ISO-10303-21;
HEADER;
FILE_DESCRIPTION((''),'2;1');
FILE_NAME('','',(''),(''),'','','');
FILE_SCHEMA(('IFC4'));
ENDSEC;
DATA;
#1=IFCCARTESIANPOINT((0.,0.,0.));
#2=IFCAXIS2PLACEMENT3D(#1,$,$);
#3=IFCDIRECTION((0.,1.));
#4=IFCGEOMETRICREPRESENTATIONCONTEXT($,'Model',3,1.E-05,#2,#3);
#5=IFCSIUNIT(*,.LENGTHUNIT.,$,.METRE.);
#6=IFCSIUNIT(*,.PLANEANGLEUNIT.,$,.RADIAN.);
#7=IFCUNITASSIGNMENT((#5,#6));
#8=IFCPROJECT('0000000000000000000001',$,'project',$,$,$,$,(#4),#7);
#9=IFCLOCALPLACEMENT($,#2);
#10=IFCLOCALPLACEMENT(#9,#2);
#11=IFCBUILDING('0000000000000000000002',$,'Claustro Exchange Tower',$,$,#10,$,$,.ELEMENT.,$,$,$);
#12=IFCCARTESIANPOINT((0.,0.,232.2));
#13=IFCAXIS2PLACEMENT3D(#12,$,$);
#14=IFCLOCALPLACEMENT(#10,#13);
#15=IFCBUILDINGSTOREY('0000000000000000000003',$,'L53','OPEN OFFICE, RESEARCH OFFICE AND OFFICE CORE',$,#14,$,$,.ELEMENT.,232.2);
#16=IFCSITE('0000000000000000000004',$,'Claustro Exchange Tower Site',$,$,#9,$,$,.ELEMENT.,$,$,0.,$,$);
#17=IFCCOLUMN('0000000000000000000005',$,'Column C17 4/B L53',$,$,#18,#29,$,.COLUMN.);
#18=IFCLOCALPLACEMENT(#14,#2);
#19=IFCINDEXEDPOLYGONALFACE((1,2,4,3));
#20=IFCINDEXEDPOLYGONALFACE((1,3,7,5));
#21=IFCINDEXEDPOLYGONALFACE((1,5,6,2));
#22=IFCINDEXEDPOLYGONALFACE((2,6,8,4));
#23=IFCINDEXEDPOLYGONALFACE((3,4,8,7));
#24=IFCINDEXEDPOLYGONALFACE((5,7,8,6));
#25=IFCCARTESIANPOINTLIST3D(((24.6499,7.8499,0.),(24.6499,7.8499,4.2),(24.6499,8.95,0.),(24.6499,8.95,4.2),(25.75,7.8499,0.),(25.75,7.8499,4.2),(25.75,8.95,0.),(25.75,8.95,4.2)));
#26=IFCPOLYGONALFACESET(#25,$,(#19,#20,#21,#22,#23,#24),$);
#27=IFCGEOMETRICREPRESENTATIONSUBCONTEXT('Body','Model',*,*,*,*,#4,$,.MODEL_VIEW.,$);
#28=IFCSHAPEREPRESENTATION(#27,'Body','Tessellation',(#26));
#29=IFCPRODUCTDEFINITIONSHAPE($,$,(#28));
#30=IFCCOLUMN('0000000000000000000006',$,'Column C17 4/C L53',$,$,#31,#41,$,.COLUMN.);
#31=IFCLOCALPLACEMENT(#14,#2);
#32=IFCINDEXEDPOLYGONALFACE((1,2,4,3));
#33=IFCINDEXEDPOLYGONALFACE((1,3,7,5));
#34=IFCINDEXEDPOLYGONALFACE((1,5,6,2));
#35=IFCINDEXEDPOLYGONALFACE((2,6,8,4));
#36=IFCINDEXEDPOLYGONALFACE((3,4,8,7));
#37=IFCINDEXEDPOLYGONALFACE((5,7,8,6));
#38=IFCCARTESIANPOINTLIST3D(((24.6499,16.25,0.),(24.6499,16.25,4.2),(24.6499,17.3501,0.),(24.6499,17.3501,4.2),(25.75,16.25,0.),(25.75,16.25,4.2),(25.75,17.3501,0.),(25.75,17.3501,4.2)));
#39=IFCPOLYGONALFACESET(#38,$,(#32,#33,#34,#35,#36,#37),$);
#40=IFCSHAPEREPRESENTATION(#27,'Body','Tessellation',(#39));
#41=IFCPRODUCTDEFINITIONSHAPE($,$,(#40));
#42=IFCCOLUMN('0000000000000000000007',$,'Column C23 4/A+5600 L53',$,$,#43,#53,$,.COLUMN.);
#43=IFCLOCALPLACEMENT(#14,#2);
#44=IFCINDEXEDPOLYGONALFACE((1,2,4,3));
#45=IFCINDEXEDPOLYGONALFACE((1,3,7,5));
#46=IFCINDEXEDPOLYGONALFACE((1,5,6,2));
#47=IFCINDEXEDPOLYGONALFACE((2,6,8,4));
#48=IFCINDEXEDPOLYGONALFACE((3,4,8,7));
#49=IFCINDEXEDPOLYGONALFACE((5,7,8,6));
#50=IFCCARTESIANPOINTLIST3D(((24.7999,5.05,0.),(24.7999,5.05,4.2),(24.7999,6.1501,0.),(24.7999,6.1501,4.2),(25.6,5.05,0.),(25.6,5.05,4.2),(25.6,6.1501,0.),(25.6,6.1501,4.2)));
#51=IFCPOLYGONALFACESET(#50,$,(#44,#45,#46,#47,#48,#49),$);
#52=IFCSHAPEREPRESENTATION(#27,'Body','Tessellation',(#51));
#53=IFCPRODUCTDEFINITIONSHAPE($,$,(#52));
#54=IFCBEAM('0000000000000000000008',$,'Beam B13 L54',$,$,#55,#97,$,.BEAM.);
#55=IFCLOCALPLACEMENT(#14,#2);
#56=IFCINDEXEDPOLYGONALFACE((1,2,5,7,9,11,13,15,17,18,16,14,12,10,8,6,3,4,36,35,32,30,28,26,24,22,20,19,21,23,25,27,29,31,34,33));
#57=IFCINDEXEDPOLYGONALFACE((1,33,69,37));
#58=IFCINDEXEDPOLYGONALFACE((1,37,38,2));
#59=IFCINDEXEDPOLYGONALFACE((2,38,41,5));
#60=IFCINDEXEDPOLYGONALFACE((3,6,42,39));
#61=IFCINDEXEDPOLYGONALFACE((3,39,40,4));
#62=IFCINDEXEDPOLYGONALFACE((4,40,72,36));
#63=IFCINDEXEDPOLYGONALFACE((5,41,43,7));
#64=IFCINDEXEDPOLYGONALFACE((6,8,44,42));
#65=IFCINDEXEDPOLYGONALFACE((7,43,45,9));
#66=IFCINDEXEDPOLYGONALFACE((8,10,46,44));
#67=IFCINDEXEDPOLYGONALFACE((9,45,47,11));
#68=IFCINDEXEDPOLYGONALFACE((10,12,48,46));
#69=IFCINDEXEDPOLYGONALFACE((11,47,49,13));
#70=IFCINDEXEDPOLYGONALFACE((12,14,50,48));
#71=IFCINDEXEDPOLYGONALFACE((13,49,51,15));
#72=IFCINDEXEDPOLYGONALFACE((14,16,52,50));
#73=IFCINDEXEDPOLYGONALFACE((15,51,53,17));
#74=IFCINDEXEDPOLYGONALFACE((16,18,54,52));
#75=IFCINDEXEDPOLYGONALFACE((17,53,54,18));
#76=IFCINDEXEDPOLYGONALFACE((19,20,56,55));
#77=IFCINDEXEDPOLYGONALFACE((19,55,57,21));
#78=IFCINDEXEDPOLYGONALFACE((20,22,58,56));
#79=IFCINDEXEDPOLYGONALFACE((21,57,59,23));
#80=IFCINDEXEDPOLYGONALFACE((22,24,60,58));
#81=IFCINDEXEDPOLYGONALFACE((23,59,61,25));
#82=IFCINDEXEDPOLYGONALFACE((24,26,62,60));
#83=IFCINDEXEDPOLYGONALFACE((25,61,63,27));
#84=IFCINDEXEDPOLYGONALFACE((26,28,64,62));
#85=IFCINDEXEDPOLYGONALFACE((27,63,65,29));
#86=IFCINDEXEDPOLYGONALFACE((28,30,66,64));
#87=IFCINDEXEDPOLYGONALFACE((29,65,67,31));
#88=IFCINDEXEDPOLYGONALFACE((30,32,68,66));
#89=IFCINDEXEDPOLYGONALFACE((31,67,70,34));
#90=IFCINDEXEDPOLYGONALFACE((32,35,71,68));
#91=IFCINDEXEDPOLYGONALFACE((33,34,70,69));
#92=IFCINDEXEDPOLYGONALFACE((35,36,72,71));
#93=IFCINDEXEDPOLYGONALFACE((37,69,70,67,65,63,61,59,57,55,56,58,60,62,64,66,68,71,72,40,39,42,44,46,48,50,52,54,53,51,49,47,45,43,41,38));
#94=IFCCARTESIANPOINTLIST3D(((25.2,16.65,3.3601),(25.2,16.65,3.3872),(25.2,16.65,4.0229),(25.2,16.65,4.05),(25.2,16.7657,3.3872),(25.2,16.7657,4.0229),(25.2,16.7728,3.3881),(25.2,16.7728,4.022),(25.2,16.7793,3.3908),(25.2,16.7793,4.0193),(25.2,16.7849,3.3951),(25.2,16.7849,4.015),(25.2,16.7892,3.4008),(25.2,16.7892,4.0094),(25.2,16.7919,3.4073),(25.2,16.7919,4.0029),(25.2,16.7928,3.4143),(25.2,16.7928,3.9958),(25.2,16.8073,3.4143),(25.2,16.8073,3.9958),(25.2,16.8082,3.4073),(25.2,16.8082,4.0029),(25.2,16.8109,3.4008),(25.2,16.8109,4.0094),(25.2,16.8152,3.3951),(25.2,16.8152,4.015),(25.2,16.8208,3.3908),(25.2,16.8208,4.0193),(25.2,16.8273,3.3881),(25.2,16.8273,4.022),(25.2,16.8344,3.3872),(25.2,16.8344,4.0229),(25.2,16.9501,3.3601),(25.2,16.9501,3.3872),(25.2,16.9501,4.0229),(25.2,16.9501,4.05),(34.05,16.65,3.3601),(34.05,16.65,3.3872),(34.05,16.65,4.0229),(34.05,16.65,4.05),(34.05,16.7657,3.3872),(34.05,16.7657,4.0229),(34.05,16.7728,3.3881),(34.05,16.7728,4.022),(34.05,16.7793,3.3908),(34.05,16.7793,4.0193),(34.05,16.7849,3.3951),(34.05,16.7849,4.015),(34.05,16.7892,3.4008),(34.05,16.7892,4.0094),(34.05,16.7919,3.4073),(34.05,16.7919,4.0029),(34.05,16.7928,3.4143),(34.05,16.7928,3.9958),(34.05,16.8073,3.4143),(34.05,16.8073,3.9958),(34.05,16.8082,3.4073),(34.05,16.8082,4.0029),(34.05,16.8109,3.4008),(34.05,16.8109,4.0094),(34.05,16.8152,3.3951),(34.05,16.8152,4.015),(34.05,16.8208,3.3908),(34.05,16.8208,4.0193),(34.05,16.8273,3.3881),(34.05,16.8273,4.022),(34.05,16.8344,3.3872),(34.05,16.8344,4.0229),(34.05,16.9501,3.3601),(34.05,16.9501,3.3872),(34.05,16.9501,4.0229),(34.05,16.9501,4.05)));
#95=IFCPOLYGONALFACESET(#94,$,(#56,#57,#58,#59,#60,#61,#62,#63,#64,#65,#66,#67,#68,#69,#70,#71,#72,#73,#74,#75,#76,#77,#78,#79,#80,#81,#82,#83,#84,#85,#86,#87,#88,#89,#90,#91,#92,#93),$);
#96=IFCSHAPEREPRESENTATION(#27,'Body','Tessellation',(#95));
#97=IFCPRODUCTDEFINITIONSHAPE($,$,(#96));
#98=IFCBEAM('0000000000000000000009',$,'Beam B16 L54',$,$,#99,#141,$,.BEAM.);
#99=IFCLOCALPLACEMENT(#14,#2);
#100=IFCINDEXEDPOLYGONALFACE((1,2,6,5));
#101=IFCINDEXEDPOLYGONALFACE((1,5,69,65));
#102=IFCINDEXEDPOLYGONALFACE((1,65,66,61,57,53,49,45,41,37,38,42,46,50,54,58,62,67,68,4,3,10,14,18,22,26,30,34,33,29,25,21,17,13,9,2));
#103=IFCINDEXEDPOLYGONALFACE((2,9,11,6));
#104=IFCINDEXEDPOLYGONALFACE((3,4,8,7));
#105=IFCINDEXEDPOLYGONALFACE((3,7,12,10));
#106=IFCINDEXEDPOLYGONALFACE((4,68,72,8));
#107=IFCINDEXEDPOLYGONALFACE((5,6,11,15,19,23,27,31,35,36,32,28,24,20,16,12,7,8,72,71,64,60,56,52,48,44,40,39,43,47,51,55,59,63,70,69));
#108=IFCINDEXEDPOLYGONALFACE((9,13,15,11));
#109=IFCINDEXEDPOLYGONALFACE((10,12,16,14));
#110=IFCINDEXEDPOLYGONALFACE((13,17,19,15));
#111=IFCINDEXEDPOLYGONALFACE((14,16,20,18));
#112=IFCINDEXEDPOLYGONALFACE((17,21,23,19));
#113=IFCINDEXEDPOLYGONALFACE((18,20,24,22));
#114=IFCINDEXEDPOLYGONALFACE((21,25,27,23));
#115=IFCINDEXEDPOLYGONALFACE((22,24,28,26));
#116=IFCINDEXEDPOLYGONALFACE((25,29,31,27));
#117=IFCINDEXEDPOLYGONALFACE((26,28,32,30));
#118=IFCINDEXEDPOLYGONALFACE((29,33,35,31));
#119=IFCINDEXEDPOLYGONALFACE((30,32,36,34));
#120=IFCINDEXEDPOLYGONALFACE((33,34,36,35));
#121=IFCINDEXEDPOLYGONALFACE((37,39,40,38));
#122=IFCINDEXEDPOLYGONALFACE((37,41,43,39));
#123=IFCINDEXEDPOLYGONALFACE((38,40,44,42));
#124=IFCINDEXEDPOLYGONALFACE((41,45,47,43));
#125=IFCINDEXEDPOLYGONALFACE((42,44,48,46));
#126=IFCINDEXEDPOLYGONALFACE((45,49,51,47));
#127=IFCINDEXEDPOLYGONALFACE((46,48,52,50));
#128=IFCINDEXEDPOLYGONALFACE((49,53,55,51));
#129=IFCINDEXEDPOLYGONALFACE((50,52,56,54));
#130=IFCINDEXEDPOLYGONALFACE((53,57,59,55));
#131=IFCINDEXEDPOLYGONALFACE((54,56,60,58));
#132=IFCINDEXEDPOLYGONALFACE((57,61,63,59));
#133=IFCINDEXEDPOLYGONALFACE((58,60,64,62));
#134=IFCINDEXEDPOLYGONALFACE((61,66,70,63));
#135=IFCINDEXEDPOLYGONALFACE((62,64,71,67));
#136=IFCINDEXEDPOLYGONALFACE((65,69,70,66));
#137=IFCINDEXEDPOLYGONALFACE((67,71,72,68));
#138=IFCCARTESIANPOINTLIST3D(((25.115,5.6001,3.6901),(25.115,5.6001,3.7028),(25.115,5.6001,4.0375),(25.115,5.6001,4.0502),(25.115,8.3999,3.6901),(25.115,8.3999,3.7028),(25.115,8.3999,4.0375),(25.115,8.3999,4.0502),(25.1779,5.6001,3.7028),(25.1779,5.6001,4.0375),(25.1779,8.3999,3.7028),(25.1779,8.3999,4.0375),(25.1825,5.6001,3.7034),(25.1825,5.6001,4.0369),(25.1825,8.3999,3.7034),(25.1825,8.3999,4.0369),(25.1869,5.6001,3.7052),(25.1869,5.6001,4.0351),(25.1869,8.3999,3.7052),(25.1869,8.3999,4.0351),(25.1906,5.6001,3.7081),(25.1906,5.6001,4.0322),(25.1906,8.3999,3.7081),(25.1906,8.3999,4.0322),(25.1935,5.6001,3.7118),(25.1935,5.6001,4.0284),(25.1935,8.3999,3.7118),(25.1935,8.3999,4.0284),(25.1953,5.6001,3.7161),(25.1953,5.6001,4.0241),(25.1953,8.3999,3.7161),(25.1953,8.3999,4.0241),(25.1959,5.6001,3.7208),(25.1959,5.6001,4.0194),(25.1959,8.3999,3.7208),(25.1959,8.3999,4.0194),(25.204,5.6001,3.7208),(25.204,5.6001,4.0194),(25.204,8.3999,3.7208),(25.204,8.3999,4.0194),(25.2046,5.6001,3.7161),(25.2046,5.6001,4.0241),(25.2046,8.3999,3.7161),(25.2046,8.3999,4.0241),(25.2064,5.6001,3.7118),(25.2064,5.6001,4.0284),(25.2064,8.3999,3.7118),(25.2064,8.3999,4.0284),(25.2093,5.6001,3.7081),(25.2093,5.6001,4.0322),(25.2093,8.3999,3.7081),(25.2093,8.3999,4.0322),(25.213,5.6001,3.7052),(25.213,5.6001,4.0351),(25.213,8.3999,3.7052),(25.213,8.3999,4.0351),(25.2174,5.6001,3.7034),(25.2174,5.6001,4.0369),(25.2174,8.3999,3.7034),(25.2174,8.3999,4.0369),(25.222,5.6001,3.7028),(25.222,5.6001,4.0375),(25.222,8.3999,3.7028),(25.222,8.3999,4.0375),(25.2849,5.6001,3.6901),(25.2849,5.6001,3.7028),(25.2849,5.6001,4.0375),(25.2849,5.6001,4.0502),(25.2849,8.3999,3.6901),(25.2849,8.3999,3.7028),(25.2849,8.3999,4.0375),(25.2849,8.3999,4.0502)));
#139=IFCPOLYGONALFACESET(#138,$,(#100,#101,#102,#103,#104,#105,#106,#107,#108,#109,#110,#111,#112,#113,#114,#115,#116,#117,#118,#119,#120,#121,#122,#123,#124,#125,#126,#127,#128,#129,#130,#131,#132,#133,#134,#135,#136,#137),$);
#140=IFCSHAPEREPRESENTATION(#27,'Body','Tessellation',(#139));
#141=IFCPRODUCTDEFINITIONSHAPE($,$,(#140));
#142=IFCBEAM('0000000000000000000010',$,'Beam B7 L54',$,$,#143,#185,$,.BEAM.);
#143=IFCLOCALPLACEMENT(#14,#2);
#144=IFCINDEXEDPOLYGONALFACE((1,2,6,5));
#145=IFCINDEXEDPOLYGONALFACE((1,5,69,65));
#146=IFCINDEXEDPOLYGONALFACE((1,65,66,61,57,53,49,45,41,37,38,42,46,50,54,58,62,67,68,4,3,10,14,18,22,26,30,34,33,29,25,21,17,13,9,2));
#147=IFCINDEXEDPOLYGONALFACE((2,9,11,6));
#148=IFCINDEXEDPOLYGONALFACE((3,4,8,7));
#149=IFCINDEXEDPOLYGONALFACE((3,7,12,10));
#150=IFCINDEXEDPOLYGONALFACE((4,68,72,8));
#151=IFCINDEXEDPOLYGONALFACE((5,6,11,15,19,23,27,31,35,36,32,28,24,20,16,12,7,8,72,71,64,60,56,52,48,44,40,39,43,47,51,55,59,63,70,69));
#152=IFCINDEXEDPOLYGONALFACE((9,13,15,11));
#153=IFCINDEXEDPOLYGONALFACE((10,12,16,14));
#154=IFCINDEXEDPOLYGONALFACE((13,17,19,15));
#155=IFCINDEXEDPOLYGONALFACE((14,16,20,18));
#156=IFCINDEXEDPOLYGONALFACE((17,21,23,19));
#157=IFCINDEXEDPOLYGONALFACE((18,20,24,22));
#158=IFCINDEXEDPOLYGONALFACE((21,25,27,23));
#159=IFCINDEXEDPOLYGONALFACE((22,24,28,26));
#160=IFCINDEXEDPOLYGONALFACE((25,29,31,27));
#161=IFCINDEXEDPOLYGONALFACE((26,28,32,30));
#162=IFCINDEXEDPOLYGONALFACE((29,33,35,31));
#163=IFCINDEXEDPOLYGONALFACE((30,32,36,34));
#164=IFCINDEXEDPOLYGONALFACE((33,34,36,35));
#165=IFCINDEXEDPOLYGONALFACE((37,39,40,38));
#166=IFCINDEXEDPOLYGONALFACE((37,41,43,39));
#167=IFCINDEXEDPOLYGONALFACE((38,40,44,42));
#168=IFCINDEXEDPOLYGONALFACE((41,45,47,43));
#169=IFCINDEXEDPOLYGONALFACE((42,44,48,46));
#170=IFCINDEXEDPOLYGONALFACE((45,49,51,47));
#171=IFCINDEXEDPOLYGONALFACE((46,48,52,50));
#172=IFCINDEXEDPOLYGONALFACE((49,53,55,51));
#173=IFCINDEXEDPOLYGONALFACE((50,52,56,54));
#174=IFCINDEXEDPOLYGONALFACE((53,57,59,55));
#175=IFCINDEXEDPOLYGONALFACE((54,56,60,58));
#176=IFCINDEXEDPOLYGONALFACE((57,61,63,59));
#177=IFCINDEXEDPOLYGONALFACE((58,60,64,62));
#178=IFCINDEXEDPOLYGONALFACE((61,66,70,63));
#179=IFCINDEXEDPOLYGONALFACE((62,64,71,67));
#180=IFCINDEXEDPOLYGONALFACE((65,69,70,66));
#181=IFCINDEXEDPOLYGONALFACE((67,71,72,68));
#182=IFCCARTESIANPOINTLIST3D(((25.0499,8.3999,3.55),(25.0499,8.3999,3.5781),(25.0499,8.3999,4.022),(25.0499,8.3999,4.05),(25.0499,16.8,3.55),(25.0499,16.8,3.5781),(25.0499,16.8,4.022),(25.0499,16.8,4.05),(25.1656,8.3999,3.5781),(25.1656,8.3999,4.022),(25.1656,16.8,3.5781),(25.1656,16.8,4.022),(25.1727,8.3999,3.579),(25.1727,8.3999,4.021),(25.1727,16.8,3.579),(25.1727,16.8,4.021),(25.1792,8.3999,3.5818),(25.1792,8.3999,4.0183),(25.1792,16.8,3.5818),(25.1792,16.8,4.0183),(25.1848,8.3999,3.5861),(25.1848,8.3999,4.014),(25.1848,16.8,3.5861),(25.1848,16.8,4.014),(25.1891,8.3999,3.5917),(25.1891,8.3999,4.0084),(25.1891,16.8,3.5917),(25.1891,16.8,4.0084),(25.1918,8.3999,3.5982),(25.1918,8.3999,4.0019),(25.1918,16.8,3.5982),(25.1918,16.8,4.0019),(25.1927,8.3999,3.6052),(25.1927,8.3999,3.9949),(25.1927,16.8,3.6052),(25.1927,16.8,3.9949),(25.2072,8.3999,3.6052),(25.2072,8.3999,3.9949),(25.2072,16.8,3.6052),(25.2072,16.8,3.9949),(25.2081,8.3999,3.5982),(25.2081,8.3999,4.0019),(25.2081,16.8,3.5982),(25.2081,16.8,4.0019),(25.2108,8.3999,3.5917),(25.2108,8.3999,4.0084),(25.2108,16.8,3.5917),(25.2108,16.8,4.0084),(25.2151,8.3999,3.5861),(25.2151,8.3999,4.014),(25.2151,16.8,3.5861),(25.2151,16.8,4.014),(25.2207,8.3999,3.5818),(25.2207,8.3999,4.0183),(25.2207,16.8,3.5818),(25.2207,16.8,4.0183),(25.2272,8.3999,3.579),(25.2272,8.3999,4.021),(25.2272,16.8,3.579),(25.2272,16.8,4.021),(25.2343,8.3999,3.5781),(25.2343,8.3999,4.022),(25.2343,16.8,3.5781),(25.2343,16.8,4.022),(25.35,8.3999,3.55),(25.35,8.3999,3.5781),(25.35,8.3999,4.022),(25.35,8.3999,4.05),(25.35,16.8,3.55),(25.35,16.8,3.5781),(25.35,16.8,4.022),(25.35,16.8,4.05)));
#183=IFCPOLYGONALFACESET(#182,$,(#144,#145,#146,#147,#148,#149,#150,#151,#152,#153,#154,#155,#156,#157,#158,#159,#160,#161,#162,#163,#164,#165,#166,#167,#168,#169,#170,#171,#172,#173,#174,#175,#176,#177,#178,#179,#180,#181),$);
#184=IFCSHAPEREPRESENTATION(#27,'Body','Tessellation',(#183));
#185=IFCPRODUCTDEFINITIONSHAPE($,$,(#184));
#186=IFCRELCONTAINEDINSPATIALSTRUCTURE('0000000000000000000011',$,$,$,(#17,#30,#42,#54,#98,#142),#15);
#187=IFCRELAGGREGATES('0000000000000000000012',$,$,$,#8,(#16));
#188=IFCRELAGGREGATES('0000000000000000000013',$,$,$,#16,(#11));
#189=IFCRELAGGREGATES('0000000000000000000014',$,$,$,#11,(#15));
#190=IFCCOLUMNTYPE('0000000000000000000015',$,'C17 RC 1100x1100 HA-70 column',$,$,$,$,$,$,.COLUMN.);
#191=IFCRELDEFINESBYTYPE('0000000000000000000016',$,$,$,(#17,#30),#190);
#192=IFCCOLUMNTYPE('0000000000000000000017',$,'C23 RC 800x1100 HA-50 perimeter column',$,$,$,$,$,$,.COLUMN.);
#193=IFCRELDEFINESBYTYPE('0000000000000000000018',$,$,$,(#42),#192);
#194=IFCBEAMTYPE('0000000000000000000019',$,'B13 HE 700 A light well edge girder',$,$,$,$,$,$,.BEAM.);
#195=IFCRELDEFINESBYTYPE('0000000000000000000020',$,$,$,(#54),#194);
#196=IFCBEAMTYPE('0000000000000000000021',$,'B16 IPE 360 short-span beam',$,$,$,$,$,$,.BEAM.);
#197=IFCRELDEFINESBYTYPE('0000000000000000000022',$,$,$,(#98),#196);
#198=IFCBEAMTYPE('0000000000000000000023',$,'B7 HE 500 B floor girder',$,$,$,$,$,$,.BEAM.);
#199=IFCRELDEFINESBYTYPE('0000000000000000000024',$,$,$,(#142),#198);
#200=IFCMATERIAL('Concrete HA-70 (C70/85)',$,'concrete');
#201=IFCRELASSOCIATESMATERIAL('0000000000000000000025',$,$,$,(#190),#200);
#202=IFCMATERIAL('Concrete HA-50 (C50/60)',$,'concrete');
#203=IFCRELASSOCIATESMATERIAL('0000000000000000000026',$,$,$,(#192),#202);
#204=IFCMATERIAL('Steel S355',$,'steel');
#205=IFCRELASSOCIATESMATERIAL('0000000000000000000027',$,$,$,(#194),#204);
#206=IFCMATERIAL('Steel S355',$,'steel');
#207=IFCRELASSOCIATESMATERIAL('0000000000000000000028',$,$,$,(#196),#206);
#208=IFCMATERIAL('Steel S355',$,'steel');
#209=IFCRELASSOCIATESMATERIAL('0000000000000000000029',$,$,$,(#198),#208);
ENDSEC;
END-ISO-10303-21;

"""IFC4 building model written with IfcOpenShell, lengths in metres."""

from ifc_helpers import new_model, si_unit, direction, frame, origin, origin_2d, place, context, subcontext, project, spatial, rectangle, i_section, extrude, material, material_profile, profile_set, type_object, element, save


model = new_model("IFC4")

# Units and contexts
model_context = context("Model", 3, precision=1e-05, world=origin(), true_north=direction((0.0, 1.0)))
body_context = subcontext(model_context, "Body", "Model", "MODEL_VIEW")
ifc_project = project(units=[si_unit("LENGTHUNIT", "METRE"), si_unit("PLANEANGLEUNIT", "RADIAN")], contexts=[model_context])

# Site, building, storey
site_placement = place(None, origin())
site = spatial("IfcSite", under=ifc_project, at=site_placement, Name="Claustro Exchange Tower Site", CompositionType="ELEMENT", RefElevation=0.0)
building_placement = place(site_placement, origin())
building = spatial("IfcBuilding", under=site, at=building_placement, Name="Claustro Exchange Tower", CompositionType="ELEMENT")
storey_placement = place(building_placement, frame((0.0, 0.0, 232.2)))
storey = spatial("IfcBuildingStorey", under=building, at=storey_placement, Name="L53", Description="OPEN OFFICE, RESEARCH OFFICE AND OFFICE CORE", CompositionType="ELEMENT", Elevation=232.2)

# Columns
ifc_material_1 = material(Name="Concrete HA-70 (C70/85)", Category="concrete")
ifc_material_profile_1 = material_profile(ifc_material_1, rectangle(XDim=1.1001, YDim=1.1001, at=origin_2d()), Name="RC 1100x1100")
ifc_profile_set_1 = profile_set([ifc_material_profile_1], Name="Concrete HA-70 (C70/85)")
column_type_1 = type_object("IfcColumnType", Name="C17 RC 1100x1100 HA-70 column", PredefinedType="COLUMN", material=ifc_profile_set_1)
for number, where, z_axis, x_axis, name in (
    (1, (25.2, 8.3999, 0.0), (0.0, 0.0, 1.0), (1.0, 0.0, 0.0), "Column C17 4/B L53"),
    (2, (25.2, 16.8, 0.0), (0.0, 0.0, 1.0), (1.0, 0.0, 0.0), "Column C17 4/C L53"),
):
    element("IfcColumn", number, at=place(storey_placement, frame(where, z_axis=z_axis, x_axis=x_axis)), inside=storey, type_object=column_type_1, Name=name, PredefinedType="COLUMN", context=body_context, shape_type="SweptSolid", body=[
        extrude(rectangle(XDim=1.1001, YDim=1.1001, at=origin_2d()), origin(), (0.0, 0.0, 1.0), 4.2),
    ])
ifc_material_2 = material(Name="Concrete HA-50 (C50/60)", Category="concrete")
ifc_material_profile_2 = material_profile(ifc_material_2, rectangle(XDim=0.8, YDim=1.1001, at=origin_2d()), Name="RC 800x1100")
ifc_profile_set_2 = profile_set([ifc_material_profile_2], Name="Concrete HA-50 (C50/60)")
column_type_2 = type_object("IfcColumnType", Name="C23 RC 800x1100 HA-50 perimeter column", PredefinedType="COLUMN", material=ifc_profile_set_2)
column_placement = place(storey_placement, frame((25.2, 5.6001, 0.0), z_axis=(0.0, 0.0, 1.0), x_axis=(1.0, 0.0, 0.0)))
element("IfcColumn", 3, at=column_placement, inside=storey, type_object=column_type_2, Name="Column C23 4/A+5600 L53", PredefinedType="COLUMN", context=body_context, shape_type="SweptSolid", body=[
    extrude(rectangle(XDim=0.8, YDim=1.1001, at=origin_2d()), origin(), (0.0, 0.0, 1.0), 4.2),
])

# Beams
ifc_material_3 = material(Name="Steel S355", Category="steel")
ifc_material_profile_3 = material_profile(ifc_material_3, i_section(OverallWidth=0.3, OverallDepth=0.6899, WebThickness=0.0144, FlangeThickness=0.0271, FilletRadius=0.0271, at=origin_2d()), Name="HE 700 A")
ifc_profile_set_3 = profile_set([ifc_material_profile_3], Name="Steel S355")
beam_type_1 = type_object("IfcBeamType", Name="B13 HE 700 A light well edge girder", PredefinedType="BEAM", material=ifc_profile_set_3)
beam_1_placement = place(storey_placement, frame((25.2, 16.8, 3.7051), z_axis=(1.0, 0.0, 0.0), x_axis=(0.0, 1.0, 0.0)))
element("IfcBeam", 4, at=beam_1_placement, inside=storey, type_object=beam_type_1, Name="Beam B13 L54", PredefinedType="BEAM", context=body_context, shape_type="SweptSolid", body=[
    extrude(i_section(OverallWidth=0.3, OverallDepth=0.6899, WebThickness=0.0144, FlangeThickness=0.0271, FilletRadius=0.0271, at=origin_2d()), origin(), (0.0, 0.0, 1.0), 8.8501),
])
ifc_material_4 = material(Name="Steel S355", Category="steel")
ifc_material_profile_4 = material_profile(ifc_material_4, i_section(OverallWidth=0.1699, OverallDepth=0.3601, WebThickness=0.0081, FlangeThickness=0.0127, FilletRadius=0.0181, at=origin_2d()), Name="IPE 360")
ifc_profile_set_4 = profile_set([ifc_material_profile_4], Name="Steel S355")
beam_type_2 = type_object("IfcBeamType", Name="B16 IPE 360 short-span beam", PredefinedType="BEAM", material=ifc_profile_set_4)
beam_2_placement = place(storey_placement, frame((25.2, 5.6001, 3.8701), z_axis=(0.0, 1.0, 0.0), x_axis=(-1.0, 0.0, 0.0)))
element("IfcBeam", 5, at=beam_2_placement, inside=storey, type_object=beam_type_2, Name="Beam B16 L54", PredefinedType="BEAM", context=body_context, shape_type="SweptSolid", body=[
    extrude(i_section(OverallWidth=0.1699, OverallDepth=0.3601, WebThickness=0.0081, FlangeThickness=0.0127, FilletRadius=0.0181, at=origin_2d()), origin(), (0.0, 0.0, 1.0), 2.7998),
])
ifc_material_5 = material(Name="Steel S355", Category="steel")
ifc_material_profile_5 = material_profile(ifc_material_5, i_section(OverallWidth=0.3, OverallDepth=0.5, WebThickness=0.0144, FlangeThickness=0.0281, FilletRadius=0.0271, at=origin_2d()), Name="HE 500 B")
ifc_profile_set_5 = profile_set([ifc_material_profile_5], Name="Steel S355")
beam_type_3 = type_object("IfcBeamType", Name="B7 HE 500 B floor girder", PredefinedType="BEAM", material=ifc_profile_set_5)
for number, where, z_axis, x_axis, name in (
    (6, (25.2, 8.3999, 3.8), (0.0, 1.0, 0.0), (-1.0, 0.0, 0.0), "Beam B7 L54"),
):
    element("IfcBeam", number, at=place(storey_placement, frame(where, z_axis=z_axis, x_axis=x_axis)), inside=storey, type_object=beam_type_3, Name=name, PredefinedType="BEAM", context=body_context, shape_type="SweptSolid", body=[
        extrude(i_section(OverallWidth=0.3, OverallDepth=0.5, WebThickness=0.0144, FlangeThickness=0.0281, FilletRadius=0.0271, at=origin_2d()), origin(), (0.0, 0.0, 1.0), 8.4001),
    ])

save(model, "model.ifc")
